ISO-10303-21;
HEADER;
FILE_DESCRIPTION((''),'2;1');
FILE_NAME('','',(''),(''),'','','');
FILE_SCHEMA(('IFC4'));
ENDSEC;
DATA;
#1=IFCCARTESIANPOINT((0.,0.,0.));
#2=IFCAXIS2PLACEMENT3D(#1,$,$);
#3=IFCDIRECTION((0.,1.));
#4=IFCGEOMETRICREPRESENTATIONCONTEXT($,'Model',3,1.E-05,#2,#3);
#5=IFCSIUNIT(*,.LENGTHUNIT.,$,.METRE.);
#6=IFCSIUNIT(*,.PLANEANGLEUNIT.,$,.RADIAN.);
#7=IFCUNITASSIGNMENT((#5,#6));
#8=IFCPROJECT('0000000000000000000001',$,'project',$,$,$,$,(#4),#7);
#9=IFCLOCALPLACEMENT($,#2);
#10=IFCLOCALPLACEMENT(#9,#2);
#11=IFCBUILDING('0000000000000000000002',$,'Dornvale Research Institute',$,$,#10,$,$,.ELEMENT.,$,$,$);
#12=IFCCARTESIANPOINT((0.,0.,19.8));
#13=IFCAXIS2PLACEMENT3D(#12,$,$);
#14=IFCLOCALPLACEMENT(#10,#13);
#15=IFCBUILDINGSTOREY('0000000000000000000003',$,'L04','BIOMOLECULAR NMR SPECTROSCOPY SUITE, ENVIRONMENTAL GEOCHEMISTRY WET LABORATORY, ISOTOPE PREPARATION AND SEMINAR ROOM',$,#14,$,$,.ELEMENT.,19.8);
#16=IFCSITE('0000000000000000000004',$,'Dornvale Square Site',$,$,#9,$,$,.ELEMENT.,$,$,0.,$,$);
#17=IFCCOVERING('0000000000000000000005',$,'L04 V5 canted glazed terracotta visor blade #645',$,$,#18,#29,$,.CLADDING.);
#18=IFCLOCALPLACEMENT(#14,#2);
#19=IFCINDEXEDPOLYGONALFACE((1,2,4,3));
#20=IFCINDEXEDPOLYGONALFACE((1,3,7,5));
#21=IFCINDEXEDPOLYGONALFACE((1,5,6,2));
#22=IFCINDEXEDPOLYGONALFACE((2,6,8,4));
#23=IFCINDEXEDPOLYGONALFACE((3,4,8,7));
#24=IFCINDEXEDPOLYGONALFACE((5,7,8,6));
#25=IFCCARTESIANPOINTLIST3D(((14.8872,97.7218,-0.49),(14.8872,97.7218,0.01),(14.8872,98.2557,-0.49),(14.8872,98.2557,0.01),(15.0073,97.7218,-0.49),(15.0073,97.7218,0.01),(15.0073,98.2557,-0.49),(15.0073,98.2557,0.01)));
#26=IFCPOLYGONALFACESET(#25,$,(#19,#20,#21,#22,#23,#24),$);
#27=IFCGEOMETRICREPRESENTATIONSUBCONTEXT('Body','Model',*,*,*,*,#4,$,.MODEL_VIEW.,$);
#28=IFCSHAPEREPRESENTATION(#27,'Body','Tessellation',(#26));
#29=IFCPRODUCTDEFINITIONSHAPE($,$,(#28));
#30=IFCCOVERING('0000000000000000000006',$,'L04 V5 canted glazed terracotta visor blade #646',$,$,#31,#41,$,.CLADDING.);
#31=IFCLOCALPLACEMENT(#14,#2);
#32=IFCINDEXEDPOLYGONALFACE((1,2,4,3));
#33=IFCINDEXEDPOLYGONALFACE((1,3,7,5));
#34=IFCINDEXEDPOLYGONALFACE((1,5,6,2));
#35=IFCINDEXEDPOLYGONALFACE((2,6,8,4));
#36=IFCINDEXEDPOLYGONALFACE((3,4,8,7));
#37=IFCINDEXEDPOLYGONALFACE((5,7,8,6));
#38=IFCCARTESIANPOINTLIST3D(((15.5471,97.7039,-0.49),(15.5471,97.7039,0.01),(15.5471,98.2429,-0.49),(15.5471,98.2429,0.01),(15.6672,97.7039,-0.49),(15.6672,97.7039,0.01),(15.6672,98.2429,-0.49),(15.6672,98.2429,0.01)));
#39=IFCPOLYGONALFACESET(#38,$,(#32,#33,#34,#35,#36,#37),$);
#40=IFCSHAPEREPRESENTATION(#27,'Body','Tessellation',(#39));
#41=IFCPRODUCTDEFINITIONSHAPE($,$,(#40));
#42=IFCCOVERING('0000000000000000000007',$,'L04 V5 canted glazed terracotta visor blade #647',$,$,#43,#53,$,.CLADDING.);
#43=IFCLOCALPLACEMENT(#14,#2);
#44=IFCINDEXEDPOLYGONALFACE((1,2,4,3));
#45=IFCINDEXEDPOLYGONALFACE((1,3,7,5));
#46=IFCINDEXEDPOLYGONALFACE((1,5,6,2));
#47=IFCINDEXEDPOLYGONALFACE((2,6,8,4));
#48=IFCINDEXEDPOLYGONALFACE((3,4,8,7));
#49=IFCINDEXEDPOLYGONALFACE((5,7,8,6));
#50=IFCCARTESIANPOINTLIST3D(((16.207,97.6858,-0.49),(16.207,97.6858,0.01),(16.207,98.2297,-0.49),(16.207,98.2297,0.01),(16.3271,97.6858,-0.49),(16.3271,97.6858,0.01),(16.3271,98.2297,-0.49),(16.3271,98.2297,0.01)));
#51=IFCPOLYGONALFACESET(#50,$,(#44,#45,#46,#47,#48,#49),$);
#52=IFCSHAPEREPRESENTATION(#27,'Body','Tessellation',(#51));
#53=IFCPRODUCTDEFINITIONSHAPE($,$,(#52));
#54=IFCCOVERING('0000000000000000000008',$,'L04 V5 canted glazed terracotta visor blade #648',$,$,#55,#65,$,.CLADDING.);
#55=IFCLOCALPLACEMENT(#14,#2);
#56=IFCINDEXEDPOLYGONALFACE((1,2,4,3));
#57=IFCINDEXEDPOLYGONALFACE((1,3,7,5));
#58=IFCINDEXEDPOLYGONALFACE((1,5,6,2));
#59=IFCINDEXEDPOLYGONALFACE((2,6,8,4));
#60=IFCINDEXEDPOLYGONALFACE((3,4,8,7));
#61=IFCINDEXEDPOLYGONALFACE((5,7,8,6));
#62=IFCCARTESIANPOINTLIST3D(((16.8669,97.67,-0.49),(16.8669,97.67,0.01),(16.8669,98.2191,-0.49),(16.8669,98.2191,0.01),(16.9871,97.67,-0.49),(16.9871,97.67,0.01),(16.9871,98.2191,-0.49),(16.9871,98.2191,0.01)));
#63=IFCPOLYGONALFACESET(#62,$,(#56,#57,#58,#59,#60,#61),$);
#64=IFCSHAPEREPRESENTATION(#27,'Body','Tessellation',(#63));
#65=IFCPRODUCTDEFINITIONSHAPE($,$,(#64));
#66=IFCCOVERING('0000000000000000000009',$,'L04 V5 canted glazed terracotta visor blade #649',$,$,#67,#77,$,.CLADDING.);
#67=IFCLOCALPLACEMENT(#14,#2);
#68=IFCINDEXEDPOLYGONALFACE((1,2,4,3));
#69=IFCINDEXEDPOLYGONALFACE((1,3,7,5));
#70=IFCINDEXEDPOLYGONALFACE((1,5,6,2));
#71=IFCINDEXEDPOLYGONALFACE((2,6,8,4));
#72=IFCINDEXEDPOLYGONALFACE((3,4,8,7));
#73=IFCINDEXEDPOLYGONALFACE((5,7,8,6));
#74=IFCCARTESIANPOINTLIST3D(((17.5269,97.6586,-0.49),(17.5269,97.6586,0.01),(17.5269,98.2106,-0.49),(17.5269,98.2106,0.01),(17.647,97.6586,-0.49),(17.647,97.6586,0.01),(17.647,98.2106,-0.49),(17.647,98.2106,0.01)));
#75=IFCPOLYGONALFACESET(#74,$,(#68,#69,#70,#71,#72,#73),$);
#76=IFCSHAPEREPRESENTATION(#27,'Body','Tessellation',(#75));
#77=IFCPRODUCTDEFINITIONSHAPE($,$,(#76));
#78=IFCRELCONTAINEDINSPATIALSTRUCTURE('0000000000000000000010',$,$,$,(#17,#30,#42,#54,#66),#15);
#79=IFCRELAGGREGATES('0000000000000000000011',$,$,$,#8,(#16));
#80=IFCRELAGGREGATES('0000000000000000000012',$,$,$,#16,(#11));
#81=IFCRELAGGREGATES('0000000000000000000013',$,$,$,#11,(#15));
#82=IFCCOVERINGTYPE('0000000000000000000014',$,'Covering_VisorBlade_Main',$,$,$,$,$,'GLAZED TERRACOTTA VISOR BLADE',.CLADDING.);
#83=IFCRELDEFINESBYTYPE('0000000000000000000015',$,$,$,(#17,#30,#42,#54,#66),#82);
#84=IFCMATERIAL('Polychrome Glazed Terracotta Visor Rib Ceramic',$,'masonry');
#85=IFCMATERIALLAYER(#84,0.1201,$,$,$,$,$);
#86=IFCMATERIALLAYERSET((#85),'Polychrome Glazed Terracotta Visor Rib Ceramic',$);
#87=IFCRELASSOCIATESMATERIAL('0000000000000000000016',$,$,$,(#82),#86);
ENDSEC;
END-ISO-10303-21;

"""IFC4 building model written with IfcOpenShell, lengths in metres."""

from ifc_helpers import new_model, si_unit, direction, frame, origin, origin_2d, place, context, subcontext, project, spatial, rectangle, extrude, material, layer, layer_set, type_object, element, save


model = new_model("IFC4")

# Units and contexts
model_context = context("Model", 3, precision=1e-05, world=origin(), true_north=direction((0.0, 1.0)))
body_context = subcontext(model_context, "Body", "Model", "MODEL_VIEW")
ifc_project = project(units=[si_unit("LENGTHUNIT", "METRE"), si_unit("PLANEANGLEUNIT", "RADIAN")], contexts=[model_context])

# Site, building, storey
site_placement = place(None, origin())
site = spatial("IfcSite", under=ifc_project, at=site_placement, Name="Dornvale Square Site", CompositionType="ELEMENT", RefElevation=0.0)
building_placement = place(site_placement, origin())
building = spatial("IfcBuilding", under=site, at=building_placement, Name="Dornvale Research Institute", CompositionType="ELEMENT")
storey_placement = place(building_placement, frame((0.0, 0.0, 19.8)))
storey = spatial("IfcBuildingStorey", under=building, at=storey_placement, Name="L04", Description="BIOMOLECULAR NMR SPECTROSCOPY SUITE, ENVIRONMENTAL GEOCHEMISTRY WET LABORATORY, ISOTOPE PREPARATION AND SEMINAR ROOM", CompositionType="ELEMENT", Elevation=19.8)

# Coverings
ifc_material_1 = material(Name="Polychrome Glazed Terracotta Visor Rib Ceramic", Category="masonry")
ifc_layer_1 = layer(ifc_material_1, 0.1201)
ifc_layer_set_1 = layer_set([ifc_layer_1], Name="Polychrome Glazed Terracotta Visor Rib Ceramic")
covering_type = type_object("IfcCoveringType", Name="Covering_VisorBlade_Main", ElementType="GLAZED TERRACOTTA VISOR BLADE", PredefinedType="CLADDING", material=ifc_layer_set_1)
covering_1_placement = place(storey_placement, frame((14.9473, 97.9888, -0.49), z_axis=(0.0, 0.0, 1.0), x_axis=(0.0, 1.0, 0.0)))
element("IfcCovering", 1, at=covering_1_placement, inside=storey, type_object=covering_type, Name="L04 V5 canted glazed terracotta visor blade #645", PredefinedType="CLADDING", context=body_context, shape_type="SweptSolid", body=[
    extrude(rectangle(XDim=0.5339, YDim=0.1201, at=origin_2d()), origin(), (0.0, 0.0, 1.0), 0.5),
])
covering_2_placement = place(storey_placement, frame((15.6072, 97.9734, -0.49), z_axis=(0.0, 0.0, 1.0), x_axis=(0.0, 1.0, 0.0)))
element("IfcCovering", 2, at=covering_2_placement, inside=storey, type_object=covering_type, Name="L04 V5 canted glazed terracotta visor blade #646", PredefinedType="CLADDING", context=body_context, shape_type="SweptSolid", body=[
    extrude(rectangle(XDim=0.5391, YDim=0.1201, at=origin_2d()), origin(), (0.0, 0.0, 1.0), 0.5),
])
covering_3_placement = place(storey_placement, frame((16.2671, 97.9578, -0.49), z_axis=(0.0, 0.0, 1.0), x_axis=(0.0, 1.0, 0.0)))
element("IfcCovering", 3, at=covering_3_placement, inside=storey, type_object=covering_type, Name="L04 V5 canted glazed terracotta visor blade #647", PredefinedType="CLADDING", context=body_context, shape_type="SweptSolid", body=[
    extrude(rectangle(XDim=0.5439, YDim=0.1201, at=origin_2d()), origin(), (0.0, 0.0, 1.0), 0.5),
])
covering_4_placement = place(storey_placement, frame((16.927, 97.9446, -0.49), z_axis=(0.0, 0.0, 1.0), x_axis=(0.0, 1.0, 0.0)))
element("IfcCovering", 4, at=covering_4_placement, inside=storey, type_object=covering_type, Name="L04 V5 canted glazed terracotta visor blade #648", PredefinedType="CLADDING", context=body_context, shape_type="SweptSolid", body=[
    extrude(rectangle(XDim=0.5491, YDim=0.1201, at=origin_2d()), origin(), (0.0, 0.0, 1.0), 0.5),
])
covering_5_placement = place(storey_placement, frame((17.5869, 97.9346, -0.49), z_axis=(0.0, 0.0, 1.0), x_axis=(0.0, 1.0, 0.0)))
element("IfcCovering", 5, at=covering_5_placement, inside=storey, type_object=covering_type, Name="L04 V5 canted glazed terracotta visor blade #649", PredefinedType="CLADDING", context=body_context, shape_type="SweptSolid", body=[
    extrude(rectangle(XDim=0.552, YDim=0.1201, at=origin_2d()), origin(), (0.0, 0.0, 1.0), 0.5),
])

save(model, "model.ifc")
